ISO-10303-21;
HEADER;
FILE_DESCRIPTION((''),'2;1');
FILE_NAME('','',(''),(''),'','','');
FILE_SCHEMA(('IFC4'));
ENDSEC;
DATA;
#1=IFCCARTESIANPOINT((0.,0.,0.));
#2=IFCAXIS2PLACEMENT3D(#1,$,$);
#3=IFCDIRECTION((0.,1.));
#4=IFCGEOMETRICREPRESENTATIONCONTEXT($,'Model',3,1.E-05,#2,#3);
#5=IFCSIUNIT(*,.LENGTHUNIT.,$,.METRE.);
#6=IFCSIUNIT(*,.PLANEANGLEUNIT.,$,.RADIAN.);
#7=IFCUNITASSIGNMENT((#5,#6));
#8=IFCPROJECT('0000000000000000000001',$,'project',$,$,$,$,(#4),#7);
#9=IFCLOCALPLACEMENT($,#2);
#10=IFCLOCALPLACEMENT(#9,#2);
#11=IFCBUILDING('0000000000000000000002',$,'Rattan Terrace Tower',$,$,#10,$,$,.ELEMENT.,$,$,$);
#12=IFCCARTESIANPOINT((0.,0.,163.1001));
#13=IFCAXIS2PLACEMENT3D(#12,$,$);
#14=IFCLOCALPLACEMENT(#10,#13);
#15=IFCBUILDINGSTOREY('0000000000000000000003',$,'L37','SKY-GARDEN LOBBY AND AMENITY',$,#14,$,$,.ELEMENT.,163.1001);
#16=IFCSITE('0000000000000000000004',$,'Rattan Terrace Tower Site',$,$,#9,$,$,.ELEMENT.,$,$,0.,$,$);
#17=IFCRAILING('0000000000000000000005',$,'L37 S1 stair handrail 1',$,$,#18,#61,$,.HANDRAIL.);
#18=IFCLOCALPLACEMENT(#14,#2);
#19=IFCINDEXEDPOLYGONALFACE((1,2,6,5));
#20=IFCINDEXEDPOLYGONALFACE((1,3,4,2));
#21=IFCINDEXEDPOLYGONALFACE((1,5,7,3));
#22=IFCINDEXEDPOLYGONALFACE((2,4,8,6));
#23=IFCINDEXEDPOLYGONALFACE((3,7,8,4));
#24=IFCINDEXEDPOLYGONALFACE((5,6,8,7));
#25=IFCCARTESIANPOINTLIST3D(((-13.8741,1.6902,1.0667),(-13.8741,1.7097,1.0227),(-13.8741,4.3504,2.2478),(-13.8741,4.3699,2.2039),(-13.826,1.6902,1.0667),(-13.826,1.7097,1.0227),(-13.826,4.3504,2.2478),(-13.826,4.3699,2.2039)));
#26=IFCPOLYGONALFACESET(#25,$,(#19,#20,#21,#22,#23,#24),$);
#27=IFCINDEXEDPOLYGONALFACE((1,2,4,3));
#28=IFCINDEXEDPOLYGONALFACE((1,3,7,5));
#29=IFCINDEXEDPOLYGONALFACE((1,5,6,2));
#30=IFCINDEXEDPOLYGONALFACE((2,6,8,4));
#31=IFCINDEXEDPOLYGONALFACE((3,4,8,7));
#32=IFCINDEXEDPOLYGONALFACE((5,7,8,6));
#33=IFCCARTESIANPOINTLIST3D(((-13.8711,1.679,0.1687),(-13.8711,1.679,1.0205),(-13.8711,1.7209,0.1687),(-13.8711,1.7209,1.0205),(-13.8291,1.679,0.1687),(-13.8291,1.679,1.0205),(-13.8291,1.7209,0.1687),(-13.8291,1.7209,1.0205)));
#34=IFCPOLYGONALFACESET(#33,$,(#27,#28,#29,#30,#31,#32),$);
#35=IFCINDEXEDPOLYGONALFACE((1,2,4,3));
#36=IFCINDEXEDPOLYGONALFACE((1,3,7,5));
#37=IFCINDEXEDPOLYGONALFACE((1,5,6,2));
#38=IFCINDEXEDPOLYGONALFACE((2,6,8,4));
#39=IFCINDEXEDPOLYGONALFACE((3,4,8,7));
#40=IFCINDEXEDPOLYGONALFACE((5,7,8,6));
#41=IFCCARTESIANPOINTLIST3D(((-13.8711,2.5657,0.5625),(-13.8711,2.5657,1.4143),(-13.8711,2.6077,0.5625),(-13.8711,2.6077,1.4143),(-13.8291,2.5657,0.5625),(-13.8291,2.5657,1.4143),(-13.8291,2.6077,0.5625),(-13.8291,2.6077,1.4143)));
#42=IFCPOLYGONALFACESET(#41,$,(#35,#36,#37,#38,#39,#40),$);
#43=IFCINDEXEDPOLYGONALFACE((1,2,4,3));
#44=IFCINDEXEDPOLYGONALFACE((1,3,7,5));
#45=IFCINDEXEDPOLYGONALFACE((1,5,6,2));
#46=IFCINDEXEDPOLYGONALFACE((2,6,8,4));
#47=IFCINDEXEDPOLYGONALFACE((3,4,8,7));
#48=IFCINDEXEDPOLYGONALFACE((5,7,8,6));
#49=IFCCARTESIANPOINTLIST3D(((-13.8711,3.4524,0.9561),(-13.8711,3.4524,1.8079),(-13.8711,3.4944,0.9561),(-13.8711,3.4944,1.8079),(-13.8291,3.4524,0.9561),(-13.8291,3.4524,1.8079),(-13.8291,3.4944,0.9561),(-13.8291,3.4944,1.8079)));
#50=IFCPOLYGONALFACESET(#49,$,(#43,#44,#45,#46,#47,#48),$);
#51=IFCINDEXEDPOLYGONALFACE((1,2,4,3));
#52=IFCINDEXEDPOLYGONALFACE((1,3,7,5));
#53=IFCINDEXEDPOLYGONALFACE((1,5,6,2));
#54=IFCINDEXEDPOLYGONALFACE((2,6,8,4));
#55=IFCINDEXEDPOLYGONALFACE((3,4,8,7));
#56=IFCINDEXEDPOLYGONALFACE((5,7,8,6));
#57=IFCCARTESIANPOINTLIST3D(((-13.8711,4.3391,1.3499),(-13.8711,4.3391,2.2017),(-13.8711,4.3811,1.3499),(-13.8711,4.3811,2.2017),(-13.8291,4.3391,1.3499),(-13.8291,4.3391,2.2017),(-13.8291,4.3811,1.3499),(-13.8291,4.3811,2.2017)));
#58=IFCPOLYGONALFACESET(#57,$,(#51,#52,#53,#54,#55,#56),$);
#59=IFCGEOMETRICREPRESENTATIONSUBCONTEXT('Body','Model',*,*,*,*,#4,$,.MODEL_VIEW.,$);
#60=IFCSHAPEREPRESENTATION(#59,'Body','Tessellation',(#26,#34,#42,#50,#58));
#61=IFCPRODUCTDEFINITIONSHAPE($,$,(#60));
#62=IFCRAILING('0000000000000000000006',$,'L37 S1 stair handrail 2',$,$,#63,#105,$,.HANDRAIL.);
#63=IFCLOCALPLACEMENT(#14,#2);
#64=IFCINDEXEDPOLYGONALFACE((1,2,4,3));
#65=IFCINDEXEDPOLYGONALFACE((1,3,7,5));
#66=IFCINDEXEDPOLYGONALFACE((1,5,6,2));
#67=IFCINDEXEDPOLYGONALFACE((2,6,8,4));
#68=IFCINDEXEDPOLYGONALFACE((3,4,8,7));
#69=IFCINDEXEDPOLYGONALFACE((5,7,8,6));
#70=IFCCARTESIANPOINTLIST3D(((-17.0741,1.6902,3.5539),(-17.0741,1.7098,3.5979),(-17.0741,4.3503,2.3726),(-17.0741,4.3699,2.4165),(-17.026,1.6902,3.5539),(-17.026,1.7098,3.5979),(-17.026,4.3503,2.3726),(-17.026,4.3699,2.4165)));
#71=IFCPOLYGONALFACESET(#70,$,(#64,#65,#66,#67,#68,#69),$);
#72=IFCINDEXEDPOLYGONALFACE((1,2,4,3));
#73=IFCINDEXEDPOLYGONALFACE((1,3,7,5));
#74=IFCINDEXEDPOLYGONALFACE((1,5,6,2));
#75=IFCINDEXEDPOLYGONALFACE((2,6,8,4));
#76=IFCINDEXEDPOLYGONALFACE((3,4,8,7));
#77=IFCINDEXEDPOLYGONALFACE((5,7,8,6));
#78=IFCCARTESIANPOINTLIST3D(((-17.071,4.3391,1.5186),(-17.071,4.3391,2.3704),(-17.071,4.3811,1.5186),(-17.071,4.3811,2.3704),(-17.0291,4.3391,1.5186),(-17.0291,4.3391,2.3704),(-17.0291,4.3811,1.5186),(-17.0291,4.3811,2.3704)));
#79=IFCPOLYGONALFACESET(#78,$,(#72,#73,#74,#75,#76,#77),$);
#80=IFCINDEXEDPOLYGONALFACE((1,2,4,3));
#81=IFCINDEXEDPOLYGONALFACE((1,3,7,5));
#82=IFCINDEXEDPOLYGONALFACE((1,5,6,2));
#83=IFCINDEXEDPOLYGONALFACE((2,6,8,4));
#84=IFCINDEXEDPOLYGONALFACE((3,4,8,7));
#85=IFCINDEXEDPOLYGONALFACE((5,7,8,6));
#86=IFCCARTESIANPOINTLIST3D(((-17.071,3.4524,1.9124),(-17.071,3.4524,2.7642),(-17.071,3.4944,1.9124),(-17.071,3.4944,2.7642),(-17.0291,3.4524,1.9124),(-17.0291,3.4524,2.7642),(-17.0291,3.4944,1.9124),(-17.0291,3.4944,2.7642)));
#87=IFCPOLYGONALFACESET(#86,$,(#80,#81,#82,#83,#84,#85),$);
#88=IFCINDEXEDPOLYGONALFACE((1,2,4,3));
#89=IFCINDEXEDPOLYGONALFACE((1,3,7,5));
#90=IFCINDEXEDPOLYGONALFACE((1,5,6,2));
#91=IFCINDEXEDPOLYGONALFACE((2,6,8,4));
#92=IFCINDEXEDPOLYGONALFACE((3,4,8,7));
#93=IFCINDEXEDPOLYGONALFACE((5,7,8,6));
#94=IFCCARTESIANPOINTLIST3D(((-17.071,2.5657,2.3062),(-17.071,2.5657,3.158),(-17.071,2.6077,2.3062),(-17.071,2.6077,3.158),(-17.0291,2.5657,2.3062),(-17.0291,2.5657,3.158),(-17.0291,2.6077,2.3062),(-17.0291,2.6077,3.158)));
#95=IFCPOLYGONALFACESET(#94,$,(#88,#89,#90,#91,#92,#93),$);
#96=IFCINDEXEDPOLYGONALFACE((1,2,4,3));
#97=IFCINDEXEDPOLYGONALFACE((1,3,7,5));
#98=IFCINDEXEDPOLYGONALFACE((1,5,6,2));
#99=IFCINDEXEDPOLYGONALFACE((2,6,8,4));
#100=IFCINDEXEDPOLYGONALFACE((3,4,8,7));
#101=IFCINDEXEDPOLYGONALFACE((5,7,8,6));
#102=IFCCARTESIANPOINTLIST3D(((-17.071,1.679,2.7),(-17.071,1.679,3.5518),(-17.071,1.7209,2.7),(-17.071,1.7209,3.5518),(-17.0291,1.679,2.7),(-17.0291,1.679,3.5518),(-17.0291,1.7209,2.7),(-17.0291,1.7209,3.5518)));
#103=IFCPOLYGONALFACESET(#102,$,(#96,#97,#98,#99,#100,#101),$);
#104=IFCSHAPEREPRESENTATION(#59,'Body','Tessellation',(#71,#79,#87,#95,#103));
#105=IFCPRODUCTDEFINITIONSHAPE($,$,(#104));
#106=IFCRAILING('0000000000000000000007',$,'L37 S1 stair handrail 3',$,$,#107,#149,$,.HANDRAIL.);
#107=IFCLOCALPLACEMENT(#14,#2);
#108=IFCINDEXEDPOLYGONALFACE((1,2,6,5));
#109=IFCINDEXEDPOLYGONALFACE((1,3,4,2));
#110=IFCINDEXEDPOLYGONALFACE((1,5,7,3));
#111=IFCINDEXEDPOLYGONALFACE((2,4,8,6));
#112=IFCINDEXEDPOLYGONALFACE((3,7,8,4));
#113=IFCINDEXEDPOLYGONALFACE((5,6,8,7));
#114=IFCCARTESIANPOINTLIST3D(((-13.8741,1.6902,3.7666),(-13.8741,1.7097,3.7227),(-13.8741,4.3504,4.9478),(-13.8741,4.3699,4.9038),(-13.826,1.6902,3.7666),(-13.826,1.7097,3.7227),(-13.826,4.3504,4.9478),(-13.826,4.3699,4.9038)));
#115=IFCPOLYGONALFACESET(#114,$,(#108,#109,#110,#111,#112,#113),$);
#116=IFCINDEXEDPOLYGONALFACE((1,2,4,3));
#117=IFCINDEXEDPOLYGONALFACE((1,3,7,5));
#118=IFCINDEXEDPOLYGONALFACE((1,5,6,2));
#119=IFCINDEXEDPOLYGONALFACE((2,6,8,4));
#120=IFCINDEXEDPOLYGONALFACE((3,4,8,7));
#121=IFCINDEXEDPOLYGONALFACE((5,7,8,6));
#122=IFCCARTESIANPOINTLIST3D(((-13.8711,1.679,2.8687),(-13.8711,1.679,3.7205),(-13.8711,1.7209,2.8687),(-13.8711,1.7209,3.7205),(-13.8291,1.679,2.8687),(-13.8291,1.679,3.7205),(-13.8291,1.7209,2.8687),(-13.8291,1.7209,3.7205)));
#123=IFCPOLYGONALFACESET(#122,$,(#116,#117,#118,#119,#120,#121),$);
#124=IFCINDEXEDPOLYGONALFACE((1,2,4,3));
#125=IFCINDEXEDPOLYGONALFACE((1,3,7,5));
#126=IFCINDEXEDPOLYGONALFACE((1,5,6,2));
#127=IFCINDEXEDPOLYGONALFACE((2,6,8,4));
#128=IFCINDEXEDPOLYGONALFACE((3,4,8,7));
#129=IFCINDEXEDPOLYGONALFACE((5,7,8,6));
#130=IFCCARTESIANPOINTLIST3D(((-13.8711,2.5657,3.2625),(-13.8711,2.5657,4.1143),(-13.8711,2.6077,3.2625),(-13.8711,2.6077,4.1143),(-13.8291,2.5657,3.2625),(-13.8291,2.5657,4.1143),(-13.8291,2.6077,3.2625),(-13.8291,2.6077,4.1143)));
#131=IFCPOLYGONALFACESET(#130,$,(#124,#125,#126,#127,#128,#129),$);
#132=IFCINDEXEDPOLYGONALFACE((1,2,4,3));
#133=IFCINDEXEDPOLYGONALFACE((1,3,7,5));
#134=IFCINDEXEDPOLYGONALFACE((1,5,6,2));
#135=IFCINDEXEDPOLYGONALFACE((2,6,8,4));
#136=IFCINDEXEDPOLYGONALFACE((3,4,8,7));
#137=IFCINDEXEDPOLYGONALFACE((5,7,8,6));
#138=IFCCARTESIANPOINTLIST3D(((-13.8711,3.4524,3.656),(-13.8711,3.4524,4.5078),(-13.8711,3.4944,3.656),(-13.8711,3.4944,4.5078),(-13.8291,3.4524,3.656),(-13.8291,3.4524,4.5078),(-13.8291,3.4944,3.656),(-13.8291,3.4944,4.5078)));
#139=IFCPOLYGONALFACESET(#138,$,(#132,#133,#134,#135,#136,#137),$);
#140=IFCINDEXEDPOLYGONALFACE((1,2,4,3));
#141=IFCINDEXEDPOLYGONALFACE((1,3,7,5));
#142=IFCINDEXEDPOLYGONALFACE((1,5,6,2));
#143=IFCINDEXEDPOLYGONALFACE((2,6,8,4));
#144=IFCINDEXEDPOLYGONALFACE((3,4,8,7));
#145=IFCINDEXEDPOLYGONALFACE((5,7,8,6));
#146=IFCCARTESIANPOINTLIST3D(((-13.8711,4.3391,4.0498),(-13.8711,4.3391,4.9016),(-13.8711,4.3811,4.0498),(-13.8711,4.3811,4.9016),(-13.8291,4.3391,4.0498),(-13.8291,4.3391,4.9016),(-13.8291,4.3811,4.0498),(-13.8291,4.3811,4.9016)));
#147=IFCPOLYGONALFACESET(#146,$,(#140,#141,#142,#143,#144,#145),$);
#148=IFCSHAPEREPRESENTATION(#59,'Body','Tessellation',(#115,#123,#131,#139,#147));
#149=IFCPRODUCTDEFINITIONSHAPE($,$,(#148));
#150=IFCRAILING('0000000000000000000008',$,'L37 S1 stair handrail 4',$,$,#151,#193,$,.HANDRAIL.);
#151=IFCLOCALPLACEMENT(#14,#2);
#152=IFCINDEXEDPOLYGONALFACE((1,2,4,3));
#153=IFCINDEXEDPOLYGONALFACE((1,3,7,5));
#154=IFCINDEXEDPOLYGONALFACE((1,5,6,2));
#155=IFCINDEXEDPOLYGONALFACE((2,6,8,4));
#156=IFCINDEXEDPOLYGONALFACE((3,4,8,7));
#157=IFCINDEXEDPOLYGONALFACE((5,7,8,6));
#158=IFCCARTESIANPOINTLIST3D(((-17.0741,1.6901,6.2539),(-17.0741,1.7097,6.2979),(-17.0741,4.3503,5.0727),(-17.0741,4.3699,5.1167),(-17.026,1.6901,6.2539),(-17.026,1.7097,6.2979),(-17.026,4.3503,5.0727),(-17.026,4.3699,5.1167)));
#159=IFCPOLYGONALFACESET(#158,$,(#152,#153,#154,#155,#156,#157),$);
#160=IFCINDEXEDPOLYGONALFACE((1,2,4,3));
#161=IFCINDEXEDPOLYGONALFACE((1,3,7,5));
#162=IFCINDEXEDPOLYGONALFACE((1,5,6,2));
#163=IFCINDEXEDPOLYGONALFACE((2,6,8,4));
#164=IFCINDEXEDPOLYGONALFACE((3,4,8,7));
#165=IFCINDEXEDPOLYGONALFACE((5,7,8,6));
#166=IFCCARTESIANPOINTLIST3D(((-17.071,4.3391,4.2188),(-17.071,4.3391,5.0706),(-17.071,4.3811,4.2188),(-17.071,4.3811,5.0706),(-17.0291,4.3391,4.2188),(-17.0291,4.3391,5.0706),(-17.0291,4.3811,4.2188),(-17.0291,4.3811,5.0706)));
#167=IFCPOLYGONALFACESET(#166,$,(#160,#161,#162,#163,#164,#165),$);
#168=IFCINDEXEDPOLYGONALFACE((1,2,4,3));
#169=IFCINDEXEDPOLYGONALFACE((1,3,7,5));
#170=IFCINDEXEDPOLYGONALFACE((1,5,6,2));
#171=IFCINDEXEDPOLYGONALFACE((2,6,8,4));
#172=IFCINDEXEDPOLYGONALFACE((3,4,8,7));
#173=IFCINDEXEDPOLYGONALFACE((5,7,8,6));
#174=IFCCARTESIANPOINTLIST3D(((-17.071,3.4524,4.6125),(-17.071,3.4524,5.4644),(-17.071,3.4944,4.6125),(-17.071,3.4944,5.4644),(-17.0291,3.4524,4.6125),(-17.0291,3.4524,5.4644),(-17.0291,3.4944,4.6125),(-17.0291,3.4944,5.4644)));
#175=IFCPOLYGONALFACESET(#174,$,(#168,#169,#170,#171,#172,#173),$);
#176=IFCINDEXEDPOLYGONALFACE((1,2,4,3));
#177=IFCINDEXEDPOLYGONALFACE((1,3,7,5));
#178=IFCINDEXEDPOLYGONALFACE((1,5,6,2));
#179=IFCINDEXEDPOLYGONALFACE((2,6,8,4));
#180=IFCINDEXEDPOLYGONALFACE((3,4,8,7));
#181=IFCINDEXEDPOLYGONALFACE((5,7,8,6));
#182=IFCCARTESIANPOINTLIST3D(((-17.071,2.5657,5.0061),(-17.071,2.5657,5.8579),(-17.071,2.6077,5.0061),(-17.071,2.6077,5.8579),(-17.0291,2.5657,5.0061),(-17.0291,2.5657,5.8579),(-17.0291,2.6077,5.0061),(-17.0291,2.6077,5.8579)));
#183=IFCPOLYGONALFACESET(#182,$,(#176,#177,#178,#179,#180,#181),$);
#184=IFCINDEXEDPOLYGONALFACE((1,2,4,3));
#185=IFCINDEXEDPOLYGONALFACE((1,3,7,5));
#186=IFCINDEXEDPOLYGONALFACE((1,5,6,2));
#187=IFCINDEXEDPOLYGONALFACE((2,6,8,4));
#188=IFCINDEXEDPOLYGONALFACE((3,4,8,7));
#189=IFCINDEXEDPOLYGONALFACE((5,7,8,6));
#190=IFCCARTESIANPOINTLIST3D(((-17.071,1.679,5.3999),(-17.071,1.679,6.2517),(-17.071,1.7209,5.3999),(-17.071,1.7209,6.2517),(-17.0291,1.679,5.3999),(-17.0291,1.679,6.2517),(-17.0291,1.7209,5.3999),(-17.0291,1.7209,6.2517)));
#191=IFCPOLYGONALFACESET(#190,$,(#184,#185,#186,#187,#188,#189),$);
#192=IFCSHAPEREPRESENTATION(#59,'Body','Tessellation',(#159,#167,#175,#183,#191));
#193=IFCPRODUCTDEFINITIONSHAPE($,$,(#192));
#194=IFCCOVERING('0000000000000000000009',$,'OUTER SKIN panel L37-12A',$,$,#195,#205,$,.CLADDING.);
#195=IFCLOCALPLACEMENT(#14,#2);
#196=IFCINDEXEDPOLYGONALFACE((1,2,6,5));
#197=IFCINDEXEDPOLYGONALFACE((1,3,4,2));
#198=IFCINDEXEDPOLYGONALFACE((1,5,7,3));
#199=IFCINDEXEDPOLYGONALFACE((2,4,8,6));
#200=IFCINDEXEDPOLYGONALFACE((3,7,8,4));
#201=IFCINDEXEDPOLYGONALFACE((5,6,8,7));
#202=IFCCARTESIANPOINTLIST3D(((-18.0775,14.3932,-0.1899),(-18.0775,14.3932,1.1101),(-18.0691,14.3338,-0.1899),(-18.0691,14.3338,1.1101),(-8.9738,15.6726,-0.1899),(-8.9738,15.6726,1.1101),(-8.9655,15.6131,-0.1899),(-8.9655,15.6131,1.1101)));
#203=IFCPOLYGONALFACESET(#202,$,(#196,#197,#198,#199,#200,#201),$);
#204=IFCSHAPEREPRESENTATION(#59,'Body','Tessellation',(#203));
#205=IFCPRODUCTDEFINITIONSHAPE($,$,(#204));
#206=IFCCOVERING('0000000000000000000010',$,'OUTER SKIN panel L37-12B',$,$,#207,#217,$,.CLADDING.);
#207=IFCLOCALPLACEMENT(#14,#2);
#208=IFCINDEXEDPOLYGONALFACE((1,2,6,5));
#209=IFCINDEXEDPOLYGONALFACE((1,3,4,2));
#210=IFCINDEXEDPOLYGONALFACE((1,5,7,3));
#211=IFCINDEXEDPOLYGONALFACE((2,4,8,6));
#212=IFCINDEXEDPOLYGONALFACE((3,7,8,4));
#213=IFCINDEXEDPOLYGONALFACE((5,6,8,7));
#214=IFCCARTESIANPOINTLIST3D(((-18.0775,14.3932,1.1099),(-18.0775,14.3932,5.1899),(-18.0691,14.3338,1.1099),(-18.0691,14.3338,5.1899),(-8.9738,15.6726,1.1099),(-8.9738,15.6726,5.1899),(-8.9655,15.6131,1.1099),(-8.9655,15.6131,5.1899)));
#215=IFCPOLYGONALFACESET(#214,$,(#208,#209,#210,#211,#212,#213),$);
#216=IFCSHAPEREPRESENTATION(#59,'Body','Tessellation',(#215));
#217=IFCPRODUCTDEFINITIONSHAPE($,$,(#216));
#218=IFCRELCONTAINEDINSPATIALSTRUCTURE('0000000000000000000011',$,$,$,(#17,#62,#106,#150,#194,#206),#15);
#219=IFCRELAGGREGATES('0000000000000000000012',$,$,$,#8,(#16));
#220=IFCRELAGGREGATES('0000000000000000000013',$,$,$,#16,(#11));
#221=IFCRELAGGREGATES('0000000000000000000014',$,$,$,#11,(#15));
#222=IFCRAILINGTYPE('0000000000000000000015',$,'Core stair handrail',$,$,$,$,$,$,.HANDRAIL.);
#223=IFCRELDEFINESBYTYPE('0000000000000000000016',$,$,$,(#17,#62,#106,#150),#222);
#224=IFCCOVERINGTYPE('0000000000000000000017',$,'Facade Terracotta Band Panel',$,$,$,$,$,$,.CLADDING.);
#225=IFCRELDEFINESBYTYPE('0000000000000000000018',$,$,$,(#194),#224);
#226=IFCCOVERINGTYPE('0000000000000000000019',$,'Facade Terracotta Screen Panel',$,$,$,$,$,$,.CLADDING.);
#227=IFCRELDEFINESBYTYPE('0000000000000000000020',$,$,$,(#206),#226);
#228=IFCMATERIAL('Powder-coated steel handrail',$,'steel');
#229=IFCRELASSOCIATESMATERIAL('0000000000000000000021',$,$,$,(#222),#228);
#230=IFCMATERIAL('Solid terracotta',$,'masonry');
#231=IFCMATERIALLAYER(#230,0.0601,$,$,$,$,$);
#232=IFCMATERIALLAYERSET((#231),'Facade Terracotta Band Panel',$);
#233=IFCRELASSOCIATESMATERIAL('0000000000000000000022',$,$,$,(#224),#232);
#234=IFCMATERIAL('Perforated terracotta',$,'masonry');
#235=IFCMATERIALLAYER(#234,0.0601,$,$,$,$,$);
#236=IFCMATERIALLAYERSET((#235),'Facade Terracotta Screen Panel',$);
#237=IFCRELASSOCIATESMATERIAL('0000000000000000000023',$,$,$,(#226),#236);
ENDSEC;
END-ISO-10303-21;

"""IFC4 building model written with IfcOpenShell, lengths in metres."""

from ifc_helpers import new_model, si_unit, direction, frame, origin, origin_2d, place, context, subcontext, project, spatial, rectangle, extrude, material, layer, layer_set, type_object, element, save


model = new_model("IFC4")

# Units and contexts
model_context = context("Model", 3, precision=1e-05, world=origin(), true_north=direction((0.0, 1.0)))
body_context = subcontext(model_context, "Body", "Model", "MODEL_VIEW")
ifc_project = project(units=[si_unit("LENGTHUNIT", "METRE"), si_unit("PLANEANGLEUNIT", "RADIAN")], contexts=[model_context])

# Site, building, storey
site_placement = place(None, origin())
site = spatial("IfcSite", under=ifc_project, at=site_placement, Name="Rattan Terrace Tower Site", CompositionType="ELEMENT", RefElevation=0.0)
building_placement = place(site_placement, origin())
building = spatial("IfcBuilding", under=site, at=building_placement, Name="Rattan Terrace Tower", CompositionType="ELEMENT")
storey_placement = place(building_placement, frame((0.0, 0.0, 163.1001)))
storey = spatial("IfcBuildingStorey", under=building, at=storey_placement, Name="L37", Description="SKY-GARDEN LOBBY AND AMENITY", CompositionType="ELEMENT", Elevation=163.1001)

# Railings
ifc_material_1 = material(Name="Powder-coated steel handrail", Category="steel")
railing_type_1 = type_object("IfcRailingType", Name="Core stair handrail", PredefinedType="HANDRAIL", material=ifc_material_1)
railing_1_placement = place(storey_placement, frame((-13.8501, 1.7, 0.1687)))
element("IfcRailing", 1, at=railing_1_placement, inside=storey, type_object=railing_type_1, Name="L37 S1 stair handrail 1", PredefinedType="HANDRAIL", context=body_context, shape_type="SweptSolid", body=[
    extrude(rectangle(XDim=0.0481, YDim=0.0481, at=origin_2d()), frame((0.0, 0.0, 0.876), z_axis=(0.0, 0.913957, 0.405812), x_axis=(-1.0, 0.0, 0.0)), (0.0, 0.0, 1.0), 2.9106),
    extrude(rectangle(XDim=0.042, YDim=0.042, at=origin_2d()), origin(), (0.0, 0.0, 1.0), 0.8518),
    extrude(rectangle(XDim=0.042, YDim=0.042, at=origin_2d()), frame((0.0, 0.8867, 0.3938)), (0.0, 0.0, 1.0), 0.8518),
    extrude(rectangle(XDim=0.042, YDim=0.042, at=origin_2d()), frame((0.0, 1.7734, 0.7874)), (0.0, 0.0, 1.0), 0.8518),
    extrude(rectangle(XDim=0.042, YDim=0.042, at=origin_2d()), frame((0.0, 2.6602, 1.1812)), (0.0, 0.0, 1.0), 0.8518),
])
railing_2_placement = place(storey_placement, frame((-17.05, 4.3601, 1.5186)))
element("IfcRailing", 2, at=railing_2_placement, inside=storey, type_object=railing_type_1, Name="L37 S1 stair handrail 2", PredefinedType="HANDRAIL", context=body_context, shape_type="SweptSolid", body=[
    extrude(rectangle(XDim=0.0481, YDim=0.0481, at=origin_2d()), frame((0.0, 0.0, 0.876), z_axis=(0.0, -0.913926, 0.405882), x_axis=(1.0, 0.0, 0.0)), (0.0, 0.0, 1.0), 2.9106),
    extrude(rectangle(XDim=0.042, YDim=0.042, at=origin_2d()), origin(), (0.0, 0.0, 1.0), 0.8518),
    extrude(rectangle(XDim=0.042, YDim=0.042, at=origin_2d()), frame((0.0, -0.8867, 0.3938)), (0.0, 0.0, 1.0), 0.8518),
    extrude(rectangle(XDim=0.042, YDim=0.042, at=origin_2d()), frame((0.0, -1.7734, 0.7876)), (0.0, 0.0, 1.0), 0.8518),
    extrude(rectangle(XDim=0.042, YDim=0.042, at=origin_2d()), frame((0.0, -2.6602, 1.1814)), (0.0, 0.0, 1.0), 0.8518),
])
railing_3_placement = place(storey_placement, frame((-13.8501, 1.7, 2.8687)))
element("IfcRailing", 3, at=railing_3_placement, inside=storey, type_object=railing_type_1, Name="L37 S1 stair handrail 3", PredefinedType="HANDRAIL", context=body_context, shape_type="SweptSolid", body=[
    extrude(rectangle(XDim=0.0481, YDim=0.0481, at=origin_2d()), frame((0.0, 0.0, 0.876), z_axis=(0.0, 0.913957, 0.405812), x_axis=(-1.0, 0.0, 0.0)), (0.0, 0.0, 1.0), 2.9106),
    extrude(rectangle(XDim=0.042, YDim=0.042, at=origin_2d()), origin(), (0.0, 0.0, 1.0), 0.8518),
    extrude(rectangle(XDim=0.042, YDim=0.042, at=origin_2d()), frame((0.0, 0.8867, 0.3938)), (0.0, 0.0, 1.0), 0.8518),
    extrude(rectangle(XDim=0.042, YDim=0.042, at=origin_2d()), frame((0.0, 1.7734, 0.7874)), (0.0, 0.0, 1.0), 0.8518),
    extrude(rectangle(XDim=0.042, YDim=0.042, at=origin_2d()), frame((0.0, 2.6602, 1.1812)), (0.0, 0.0, 1.0), 0.8518),
])
railing_4_placement = place(storey_placement, frame((-17.05, 4.3601, 4.2188)))
element("IfcRailing", 4, at=railing_4_placement, inside=storey, type_object=railing_type_1, Name="L37 S1 stair handrail 4", PredefinedType="HANDRAIL", context=body_context, shape_type="SweptSolid", body=[
    extrude(rectangle(XDim=0.0481, YDim=0.0481, at=origin_2d()), frame((0.0, 0.0, 0.876), z_axis=(0.0, -0.913957, 0.405812), x_axis=(1.0, 0.0, 0.0)), (0.0, 0.0, 1.0), 2.9106),
    extrude(rectangle(XDim=0.042, YDim=0.042, at=origin_2d()), origin(), (0.0, 0.0, 1.0), 0.8518),
    extrude(rectangle(XDim=0.042, YDim=0.042, at=origin_2d()), frame((0.0, -0.8867, 0.3938)), (0.0, 0.0, 1.0), 0.8518),
    extrude(rectangle(XDim=0.042, YDim=0.042, at=origin_2d()), frame((0.0, -1.7734, 0.7874)), (0.0, 0.0, 1.0), 0.8518),
    extrude(rectangle(XDim=0.042, YDim=0.042, at=origin_2d()), frame((0.0, -2.6602, 1.1812)), (0.0, 0.0, 1.0), 0.8518),
])

# Coverings
ifc_material_2 = material(Name="Solid terracotta", Category="masonry")
ifc_layer_1 = layer(ifc_material_2, 0.0601)
ifc_layer_set_1 = layer_set([ifc_layer_1], Name="Facade Terracotta Band Panel")
covering_type_1 = type_object("IfcCoveringType", Name="Facade Terracotta Band Panel", PredefinedType="CLADDING", material=ifc_layer_set_1)
covering_1_placement = place(storey_placement, frame((-13.5215, 15.0032, -0.1899), z_axis=(0.0, 0.0, 1.0), x_axis=(-0.99027, -0.139161, 0.0)))
element("IfcCovering", 5, at=covering_1_placement, inside=storey, type_object=covering_type_1, Name="OUTER SKIN panel L37-12A", PredefinedType="CLADDING", context=body_context, shape_type="SweptSolid", body=[
    extrude(rectangle(XDim=9.1931, YDim=0.0601, at=origin_2d()), origin(), (0.0, 0.0, 1.0), 1.3),
])
ifc_material_3 = material(Name="Perforated terracotta", Category="masonry")
ifc_layer_2 = layer(ifc_material_3, 0.0601)
ifc_layer_set_2 = layer_set([ifc_layer_2], Name="Facade Terracotta Screen Panel")
covering_type_2 = type_object("IfcCoveringType", Name="Facade Terracotta Screen Panel", PredefinedType="CLADDING", material=ifc_layer_set_2)
covering_2_placement = place(storey_placement, frame((-13.5215, 15.0032, 1.1099), z_axis=(0.0, 0.0, 1.0), x_axis=(-0.99027, -0.139161, 0.0)))
element("IfcCovering", 6, at=covering_2_placement, inside=storey, type_object=covering_type_2, Name="OUTER SKIN panel L37-12B", PredefinedType="CLADDING", context=body_context, shape_type="SweptSolid", body=[
    extrude(rectangle(XDim=9.1931, YDim=0.0601, at=origin_2d()), origin(), (0.0, 0.0, 1.0), 4.0801),
])

save(model, "model.ifc")
